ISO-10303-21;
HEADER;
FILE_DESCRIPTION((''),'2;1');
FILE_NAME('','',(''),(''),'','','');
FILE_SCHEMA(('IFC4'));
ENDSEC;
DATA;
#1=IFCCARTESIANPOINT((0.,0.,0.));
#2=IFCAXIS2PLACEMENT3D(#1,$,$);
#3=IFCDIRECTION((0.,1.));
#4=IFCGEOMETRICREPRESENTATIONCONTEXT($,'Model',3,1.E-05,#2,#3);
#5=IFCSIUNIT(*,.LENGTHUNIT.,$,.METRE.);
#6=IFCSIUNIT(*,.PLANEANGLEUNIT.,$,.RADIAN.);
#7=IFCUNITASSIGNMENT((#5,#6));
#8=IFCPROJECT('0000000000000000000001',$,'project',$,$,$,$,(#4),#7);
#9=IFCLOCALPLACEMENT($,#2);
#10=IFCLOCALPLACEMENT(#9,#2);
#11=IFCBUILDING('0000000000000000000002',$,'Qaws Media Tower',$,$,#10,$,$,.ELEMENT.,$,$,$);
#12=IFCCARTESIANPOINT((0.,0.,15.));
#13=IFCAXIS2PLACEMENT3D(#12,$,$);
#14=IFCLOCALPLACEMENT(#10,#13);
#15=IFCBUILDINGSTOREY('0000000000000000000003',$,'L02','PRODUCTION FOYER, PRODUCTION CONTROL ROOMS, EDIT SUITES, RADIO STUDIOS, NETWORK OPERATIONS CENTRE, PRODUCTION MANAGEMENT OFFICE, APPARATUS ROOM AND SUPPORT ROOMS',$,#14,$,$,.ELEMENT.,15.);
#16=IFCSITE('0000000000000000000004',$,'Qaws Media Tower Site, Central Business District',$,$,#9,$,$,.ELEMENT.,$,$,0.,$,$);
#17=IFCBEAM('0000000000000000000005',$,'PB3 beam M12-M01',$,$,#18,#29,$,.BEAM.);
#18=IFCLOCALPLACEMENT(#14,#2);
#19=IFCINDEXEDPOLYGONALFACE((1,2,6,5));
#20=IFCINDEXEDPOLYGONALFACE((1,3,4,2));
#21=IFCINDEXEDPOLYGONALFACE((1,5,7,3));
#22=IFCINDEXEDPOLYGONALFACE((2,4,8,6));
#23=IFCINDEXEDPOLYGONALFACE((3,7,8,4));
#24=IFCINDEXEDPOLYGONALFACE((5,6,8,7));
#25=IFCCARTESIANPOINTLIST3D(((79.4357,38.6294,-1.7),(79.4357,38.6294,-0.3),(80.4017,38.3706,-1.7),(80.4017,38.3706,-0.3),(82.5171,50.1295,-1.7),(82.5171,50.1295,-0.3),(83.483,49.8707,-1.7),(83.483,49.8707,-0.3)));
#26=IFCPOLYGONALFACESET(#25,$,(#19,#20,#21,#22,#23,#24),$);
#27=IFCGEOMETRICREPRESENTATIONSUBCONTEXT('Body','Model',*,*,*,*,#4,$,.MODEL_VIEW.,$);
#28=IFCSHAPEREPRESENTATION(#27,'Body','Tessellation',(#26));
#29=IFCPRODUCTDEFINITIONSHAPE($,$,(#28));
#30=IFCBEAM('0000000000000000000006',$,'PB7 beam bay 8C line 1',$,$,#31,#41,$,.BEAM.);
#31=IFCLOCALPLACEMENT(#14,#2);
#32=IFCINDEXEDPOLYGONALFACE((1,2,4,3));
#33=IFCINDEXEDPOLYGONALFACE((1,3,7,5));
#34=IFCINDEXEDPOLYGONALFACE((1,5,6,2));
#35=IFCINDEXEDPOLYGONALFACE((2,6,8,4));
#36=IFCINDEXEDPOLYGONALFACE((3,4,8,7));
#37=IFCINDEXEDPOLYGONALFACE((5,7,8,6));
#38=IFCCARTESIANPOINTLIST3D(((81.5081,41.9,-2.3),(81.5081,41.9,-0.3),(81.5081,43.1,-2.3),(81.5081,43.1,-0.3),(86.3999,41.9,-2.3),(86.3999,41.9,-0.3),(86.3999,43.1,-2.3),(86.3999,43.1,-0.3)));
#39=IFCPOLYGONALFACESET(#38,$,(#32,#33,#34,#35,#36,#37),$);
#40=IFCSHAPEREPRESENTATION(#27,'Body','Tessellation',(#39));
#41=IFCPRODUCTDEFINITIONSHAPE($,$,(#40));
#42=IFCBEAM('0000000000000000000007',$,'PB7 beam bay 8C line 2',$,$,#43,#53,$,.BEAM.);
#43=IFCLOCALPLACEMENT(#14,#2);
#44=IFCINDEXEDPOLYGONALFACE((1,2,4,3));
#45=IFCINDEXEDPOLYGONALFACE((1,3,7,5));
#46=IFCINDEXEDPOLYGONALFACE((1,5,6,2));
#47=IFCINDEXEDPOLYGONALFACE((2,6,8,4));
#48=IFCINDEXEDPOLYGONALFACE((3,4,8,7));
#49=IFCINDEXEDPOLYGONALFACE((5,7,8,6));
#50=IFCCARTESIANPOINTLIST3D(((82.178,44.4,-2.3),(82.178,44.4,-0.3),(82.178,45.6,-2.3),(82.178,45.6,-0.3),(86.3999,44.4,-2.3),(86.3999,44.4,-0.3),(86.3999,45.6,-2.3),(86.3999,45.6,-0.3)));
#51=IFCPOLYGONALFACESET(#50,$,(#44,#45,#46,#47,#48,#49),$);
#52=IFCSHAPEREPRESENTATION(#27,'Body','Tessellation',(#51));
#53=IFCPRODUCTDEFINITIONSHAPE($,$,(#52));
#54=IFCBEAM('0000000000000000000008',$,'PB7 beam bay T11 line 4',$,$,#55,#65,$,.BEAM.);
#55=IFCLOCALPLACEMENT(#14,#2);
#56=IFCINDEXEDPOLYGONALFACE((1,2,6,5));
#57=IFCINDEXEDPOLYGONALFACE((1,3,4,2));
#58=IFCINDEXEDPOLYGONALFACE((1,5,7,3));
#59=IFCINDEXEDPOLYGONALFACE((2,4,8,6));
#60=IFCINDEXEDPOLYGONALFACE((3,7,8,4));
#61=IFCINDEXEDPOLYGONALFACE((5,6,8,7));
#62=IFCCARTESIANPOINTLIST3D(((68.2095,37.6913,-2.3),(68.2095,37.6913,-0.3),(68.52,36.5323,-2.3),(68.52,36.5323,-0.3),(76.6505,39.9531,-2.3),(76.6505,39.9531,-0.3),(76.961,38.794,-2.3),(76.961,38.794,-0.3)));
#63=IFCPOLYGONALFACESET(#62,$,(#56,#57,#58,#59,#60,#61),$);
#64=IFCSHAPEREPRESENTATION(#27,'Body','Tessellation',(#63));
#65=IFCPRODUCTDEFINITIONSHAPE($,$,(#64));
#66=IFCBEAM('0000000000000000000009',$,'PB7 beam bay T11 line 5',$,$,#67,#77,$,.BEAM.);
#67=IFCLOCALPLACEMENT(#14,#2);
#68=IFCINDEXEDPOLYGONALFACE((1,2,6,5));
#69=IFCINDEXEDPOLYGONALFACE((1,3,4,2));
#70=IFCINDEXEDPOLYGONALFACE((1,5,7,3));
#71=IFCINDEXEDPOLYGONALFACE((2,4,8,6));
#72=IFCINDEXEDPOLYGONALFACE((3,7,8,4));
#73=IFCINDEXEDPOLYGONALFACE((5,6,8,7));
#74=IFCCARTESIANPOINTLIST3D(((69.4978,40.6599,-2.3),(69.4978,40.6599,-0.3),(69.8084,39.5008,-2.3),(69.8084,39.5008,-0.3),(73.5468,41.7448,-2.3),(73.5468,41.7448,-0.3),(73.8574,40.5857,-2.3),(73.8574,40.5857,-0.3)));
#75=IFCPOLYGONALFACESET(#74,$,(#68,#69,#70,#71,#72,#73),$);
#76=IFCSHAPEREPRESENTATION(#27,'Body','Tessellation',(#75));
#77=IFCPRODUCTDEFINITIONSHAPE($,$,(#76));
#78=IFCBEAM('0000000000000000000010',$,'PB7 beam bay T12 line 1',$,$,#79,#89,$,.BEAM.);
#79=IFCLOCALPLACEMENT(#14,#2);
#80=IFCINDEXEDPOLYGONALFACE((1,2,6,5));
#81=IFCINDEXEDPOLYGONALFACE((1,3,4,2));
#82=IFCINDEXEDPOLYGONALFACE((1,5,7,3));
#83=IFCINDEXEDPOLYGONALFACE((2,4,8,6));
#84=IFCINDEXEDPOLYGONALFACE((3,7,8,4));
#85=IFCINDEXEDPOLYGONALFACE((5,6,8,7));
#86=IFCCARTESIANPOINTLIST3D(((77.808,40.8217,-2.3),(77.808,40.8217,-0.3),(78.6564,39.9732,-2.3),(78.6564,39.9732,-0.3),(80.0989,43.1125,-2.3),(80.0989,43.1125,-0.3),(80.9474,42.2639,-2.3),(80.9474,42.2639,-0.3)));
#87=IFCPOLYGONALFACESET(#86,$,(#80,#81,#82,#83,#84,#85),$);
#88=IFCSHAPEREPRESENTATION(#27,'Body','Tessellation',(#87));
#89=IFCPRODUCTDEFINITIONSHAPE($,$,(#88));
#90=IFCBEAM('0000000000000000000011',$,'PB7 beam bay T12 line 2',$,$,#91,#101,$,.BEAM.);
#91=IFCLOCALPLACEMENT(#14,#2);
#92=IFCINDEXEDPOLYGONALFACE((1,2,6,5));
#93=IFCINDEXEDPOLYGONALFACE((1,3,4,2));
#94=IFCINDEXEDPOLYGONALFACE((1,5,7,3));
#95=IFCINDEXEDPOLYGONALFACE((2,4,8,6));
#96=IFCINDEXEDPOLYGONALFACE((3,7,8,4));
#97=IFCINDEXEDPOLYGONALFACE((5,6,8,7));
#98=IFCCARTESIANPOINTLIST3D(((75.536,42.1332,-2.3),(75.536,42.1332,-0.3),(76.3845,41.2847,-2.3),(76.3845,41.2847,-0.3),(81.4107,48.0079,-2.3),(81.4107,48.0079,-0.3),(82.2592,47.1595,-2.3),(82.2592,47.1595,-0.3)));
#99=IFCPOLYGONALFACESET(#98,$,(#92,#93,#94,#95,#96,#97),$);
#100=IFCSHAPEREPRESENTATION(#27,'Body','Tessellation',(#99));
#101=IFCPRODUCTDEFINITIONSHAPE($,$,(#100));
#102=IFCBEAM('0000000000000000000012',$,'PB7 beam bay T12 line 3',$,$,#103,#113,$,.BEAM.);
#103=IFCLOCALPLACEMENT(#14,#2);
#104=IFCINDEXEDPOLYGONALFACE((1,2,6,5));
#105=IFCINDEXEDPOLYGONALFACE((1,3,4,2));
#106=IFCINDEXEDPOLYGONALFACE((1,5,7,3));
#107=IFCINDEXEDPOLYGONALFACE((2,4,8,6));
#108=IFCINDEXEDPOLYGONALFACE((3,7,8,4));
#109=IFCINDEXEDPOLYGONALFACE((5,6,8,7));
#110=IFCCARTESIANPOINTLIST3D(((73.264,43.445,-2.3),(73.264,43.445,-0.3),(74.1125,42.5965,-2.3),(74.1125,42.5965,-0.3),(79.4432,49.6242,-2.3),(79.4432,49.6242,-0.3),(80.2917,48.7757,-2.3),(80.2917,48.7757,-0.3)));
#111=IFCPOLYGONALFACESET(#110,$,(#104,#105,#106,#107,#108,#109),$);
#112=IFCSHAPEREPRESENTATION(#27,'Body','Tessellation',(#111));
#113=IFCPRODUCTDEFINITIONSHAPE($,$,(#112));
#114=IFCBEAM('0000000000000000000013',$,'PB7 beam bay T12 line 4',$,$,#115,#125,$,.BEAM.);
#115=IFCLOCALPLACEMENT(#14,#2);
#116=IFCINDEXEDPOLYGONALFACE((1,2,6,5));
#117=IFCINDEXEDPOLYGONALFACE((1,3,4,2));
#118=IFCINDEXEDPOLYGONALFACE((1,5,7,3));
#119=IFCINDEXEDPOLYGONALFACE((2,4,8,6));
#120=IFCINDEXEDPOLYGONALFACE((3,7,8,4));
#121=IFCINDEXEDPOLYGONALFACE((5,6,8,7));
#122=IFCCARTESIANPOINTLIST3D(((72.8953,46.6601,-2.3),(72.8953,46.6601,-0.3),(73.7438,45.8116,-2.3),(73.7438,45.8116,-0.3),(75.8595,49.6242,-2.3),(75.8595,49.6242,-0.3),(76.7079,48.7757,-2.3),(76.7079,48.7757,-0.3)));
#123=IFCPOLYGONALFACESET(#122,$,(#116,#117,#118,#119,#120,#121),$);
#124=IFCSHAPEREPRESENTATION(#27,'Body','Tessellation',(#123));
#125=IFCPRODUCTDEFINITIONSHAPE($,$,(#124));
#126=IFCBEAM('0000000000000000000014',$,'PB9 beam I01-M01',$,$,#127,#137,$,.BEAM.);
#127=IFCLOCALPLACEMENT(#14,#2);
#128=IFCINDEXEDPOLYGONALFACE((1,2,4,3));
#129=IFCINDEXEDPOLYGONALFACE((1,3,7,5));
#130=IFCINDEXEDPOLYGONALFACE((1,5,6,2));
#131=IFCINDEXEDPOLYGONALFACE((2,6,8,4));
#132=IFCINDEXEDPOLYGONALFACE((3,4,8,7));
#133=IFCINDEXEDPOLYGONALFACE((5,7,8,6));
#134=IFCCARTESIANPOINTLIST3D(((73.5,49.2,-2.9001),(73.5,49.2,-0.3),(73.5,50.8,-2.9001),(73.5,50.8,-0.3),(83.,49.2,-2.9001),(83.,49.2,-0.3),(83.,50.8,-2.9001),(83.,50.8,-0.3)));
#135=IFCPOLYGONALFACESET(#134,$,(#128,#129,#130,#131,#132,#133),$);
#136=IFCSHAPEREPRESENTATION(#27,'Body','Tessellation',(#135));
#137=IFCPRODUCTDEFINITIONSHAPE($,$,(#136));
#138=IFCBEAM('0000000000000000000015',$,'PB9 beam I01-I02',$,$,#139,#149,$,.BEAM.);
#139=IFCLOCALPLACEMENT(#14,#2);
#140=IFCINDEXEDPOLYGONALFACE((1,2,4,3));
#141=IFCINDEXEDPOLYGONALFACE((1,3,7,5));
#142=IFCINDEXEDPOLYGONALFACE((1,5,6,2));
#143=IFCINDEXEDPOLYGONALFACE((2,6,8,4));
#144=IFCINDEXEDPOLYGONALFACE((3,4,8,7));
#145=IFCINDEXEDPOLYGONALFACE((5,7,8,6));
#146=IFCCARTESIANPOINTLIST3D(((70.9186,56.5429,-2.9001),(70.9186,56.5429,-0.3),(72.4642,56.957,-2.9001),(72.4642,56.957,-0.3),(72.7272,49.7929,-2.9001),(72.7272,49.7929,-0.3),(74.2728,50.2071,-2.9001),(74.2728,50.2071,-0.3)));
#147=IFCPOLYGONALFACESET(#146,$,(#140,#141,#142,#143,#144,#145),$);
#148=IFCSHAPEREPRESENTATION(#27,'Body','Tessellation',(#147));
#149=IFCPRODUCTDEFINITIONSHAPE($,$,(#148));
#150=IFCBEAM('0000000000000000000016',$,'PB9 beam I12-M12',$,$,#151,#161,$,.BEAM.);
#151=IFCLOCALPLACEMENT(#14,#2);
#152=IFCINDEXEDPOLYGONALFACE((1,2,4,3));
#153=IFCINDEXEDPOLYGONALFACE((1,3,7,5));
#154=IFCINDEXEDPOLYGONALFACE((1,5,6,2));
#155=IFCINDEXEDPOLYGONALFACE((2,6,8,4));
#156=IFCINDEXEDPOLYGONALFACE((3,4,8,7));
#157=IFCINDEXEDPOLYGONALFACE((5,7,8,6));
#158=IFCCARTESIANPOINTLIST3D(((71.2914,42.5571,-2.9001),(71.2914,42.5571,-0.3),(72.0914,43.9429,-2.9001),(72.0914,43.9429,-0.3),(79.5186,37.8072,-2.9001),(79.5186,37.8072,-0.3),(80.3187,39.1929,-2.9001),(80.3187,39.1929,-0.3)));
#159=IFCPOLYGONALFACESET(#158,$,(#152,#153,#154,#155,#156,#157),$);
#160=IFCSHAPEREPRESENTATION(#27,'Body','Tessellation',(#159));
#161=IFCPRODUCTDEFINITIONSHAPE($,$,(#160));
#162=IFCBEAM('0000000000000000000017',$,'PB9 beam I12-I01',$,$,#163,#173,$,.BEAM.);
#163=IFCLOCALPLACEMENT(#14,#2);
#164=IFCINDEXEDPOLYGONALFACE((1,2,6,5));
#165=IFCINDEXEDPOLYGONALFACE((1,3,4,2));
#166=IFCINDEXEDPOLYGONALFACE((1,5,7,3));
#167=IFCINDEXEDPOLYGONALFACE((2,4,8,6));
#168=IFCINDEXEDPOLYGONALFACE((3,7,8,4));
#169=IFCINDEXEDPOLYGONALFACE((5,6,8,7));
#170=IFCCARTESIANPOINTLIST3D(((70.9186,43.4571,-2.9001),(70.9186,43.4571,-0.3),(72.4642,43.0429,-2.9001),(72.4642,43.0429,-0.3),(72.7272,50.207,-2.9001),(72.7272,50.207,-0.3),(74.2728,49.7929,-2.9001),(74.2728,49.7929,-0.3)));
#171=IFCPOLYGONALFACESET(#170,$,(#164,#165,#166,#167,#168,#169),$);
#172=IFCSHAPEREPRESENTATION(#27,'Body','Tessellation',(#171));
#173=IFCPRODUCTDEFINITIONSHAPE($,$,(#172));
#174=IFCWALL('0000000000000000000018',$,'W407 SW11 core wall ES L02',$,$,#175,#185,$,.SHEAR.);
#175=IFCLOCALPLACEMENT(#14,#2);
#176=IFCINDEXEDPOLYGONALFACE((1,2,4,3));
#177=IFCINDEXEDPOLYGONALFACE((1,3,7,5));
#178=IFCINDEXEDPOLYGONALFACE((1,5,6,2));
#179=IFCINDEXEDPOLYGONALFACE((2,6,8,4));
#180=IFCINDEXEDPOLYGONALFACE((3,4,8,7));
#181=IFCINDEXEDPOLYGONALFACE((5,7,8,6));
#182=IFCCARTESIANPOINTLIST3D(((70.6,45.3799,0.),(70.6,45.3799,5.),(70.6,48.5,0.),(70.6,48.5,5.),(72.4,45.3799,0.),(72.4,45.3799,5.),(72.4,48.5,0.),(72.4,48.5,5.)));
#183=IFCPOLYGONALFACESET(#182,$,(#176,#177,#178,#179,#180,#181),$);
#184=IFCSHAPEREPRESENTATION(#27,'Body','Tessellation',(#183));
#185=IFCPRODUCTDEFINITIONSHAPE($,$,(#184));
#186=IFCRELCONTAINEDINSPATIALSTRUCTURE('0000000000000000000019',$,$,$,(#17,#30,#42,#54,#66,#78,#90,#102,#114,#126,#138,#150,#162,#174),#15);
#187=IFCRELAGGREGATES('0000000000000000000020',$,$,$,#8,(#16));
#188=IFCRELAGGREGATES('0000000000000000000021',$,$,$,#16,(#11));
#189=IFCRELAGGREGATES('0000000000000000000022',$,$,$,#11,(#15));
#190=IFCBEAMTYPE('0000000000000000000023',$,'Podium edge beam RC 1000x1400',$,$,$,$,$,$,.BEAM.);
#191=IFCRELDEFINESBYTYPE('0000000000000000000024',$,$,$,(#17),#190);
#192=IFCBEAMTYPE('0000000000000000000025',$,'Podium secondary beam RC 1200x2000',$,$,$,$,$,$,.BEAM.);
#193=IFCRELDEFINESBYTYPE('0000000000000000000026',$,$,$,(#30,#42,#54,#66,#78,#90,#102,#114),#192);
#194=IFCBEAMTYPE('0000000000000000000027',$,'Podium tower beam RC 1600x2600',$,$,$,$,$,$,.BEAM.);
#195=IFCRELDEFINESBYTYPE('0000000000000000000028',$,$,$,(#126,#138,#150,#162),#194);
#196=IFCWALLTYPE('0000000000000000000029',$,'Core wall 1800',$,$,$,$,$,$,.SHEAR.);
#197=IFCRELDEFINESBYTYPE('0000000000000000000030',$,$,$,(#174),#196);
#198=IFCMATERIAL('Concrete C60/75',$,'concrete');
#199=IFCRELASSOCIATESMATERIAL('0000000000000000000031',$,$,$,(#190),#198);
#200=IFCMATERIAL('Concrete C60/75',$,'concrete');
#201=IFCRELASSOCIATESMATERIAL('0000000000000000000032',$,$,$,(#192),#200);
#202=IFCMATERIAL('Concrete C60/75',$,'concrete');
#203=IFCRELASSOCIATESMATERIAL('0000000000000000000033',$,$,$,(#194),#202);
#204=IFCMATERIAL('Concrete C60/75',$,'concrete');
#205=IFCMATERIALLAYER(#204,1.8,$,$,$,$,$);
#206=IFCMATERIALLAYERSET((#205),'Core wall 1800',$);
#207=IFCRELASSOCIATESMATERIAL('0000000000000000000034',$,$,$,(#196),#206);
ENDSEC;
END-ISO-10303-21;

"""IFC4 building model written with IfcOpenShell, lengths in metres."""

from ifc_helpers import new_model, si_unit, direction, frame, frame_2d, origin, origin_2d, place, context, subcontext, project, spatial, rectangle, extrude, material, layer, layer_set, material_profile, profile_set, type_object, element, save


model = new_model("IFC4")

# Units and contexts
model_context = context("Model", 3, precision=1e-05, world=origin(), true_north=direction((0.0, 1.0)))
body_context = subcontext(model_context, "Body", "Model", "MODEL_VIEW")
ifc_project = project(units=[si_unit("LENGTHUNIT", "METRE"), si_unit("PLANEANGLEUNIT", "RADIAN")], contexts=[model_context])

# Site, building, storey
site_placement = place(None, origin())
site = spatial("IfcSite", under=ifc_project, at=site_placement, Name="Qaws Media Tower Site, Central Business District", CompositionType="ELEMENT", RefElevation=0.0)
building_placement = place(site_placement, origin())
building = spatial("IfcBuilding", under=site, at=building_placement, Name="Qaws Media Tower", CompositionType="ELEMENT")
storey_placement = place(building_placement, frame((0.0, 0.0, 15.0)))
storey = spatial("IfcBuildingStorey", under=building, at=storey_placement, Name="L02", Description="PRODUCTION FOYER, PRODUCTION CONTROL ROOMS, EDIT SUITES, RADIO STUDIOS, NETWORK OPERATIONS CENTRE, PRODUCTION MANAGEMENT OFFICE, APPARATUS ROOM AND SUPPORT ROOMS", CompositionType="ELEMENT", Elevation=15.0)

# Beams
ifc_material_1 = material(Name="Concrete C60/75", Category="concrete")
ifc_material_profile_1 = material_profile(ifc_material_1, rectangle(XDim=1.0, YDim=1.3999, at=origin_2d()), Name="RC 1000x1400")
ifc_profile_set_1 = profile_set([ifc_material_profile_1], Name="Concrete C60/75")
beam_type_1 = type_object("IfcBeamType", Name="Podium edge beam RC 1000x1400", PredefinedType="BEAM", material=ifc_profile_set_1)
beam_1_placement = place(storey_placement, frame((79.9187, 38.5, -1.0), z_axis=(0.25881, 0.965928, 0.0), x_axis=(-0.965928, 0.25881, 0.0)))
element("IfcBeam", 1, at=beam_1_placement, inside=storey, type_object=beam_type_1, Name="PB3 beam M12-M01", PredefinedType="BEAM", context=body_context, shape_type="SweptSolid", body=[
    extrude(rectangle(XDim=1.0, YDim=1.3999, at=origin_2d()), origin(), (0.0, 0.0, 1.0), 11.9058),
])
ifc_material_2 = material(Name="Concrete C60/75", Category="concrete")
ifc_material_profile_2 = material_profile(ifc_material_2, rectangle(XDim=1.2, YDim=2.0, at=origin_2d()), Name="RC 1200x2000")
ifc_profile_set_2 = profile_set([ifc_material_profile_2], Name="Concrete C60/75")
beam_type_2 = type_object("IfcBeamType", Name="Podium secondary beam RC 1200x2000", PredefinedType="BEAM", material=ifc_profile_set_2)
beam_2_placement = place(storey_placement, frame((81.5081, 42.5, -1.3), z_axis=(1.0, 0.0, 0.0), x_axis=(0.0, 1.0, 0.0)))
element("IfcBeam", 2, at=beam_2_placement, inside=storey, type_object=beam_type_2, Name="PB7 beam bay 8C line 1", PredefinedType="BEAM", context=body_context, shape_type="SweptSolid", body=[
    extrude(rectangle(XDim=1.2, YDim=2.0, at=origin_2d()), origin(), (0.0, 0.0, 1.0), 4.8918),
])
beam_3_placement = place(storey_placement, frame((82.178, 45.0, -1.3), z_axis=(1.0, 0.0, 0.0), x_axis=(0.0, 1.0, 0.0)))
element("IfcBeam", 3, at=beam_3_placement, inside=storey, type_object=beam_type_2, Name="PB7 beam bay 8C line 2", PredefinedType="BEAM", context=body_context, shape_type="SweptSolid", body=[
    extrude(rectangle(XDim=1.2, YDim=2.0, at=origin_2d()), origin(), (0.0, 0.0, 1.0), 4.2219),
])
beam_4_placement = place(storey_placement, frame((68.3647, 37.1118, -1.3), z_axis=(0.965926, 0.258817, 0.0), x_axis=(-0.258817, 0.965926, 0.0)))
element("IfcBeam", 4, at=beam_4_placement, inside=storey, type_object=beam_type_2, Name="PB7 beam bay T11 line 4", PredefinedType="BEAM", context=body_context, shape_type="SweptSolid", body=[
    extrude(rectangle(XDim=1.2, YDim=2.0, at=origin_2d()), origin(), (0.0, 0.0, 1.0), 8.7388),
])
beam_5_placement = place(storey_placement, frame((69.6531, 40.0803, -1.3), z_axis=(0.965925, 0.258822, 0.0), x_axis=(-0.258822, 0.965925, 0.0)))
element("IfcBeam", 5, at=beam_5_placement, inside=storey, type_object=beam_type_2, Name="PB7 beam bay T11 line 5", PredefinedType="BEAM", context=body_context, shape_type="SweptSolid", body=[
    extrude(rectangle(XDim=1.2, YDim=2.0, at=origin_2d()), origin(), (0.0, 0.0, 1.0), 4.1919),
])
beam_6_placement = place(storey_placement, frame((78.2322, 40.3975, -1.3), z_axis=(0.707144, 0.707069, 0.0), x_axis=(-0.707069, 0.707144, 0.0)))
element("IfcBeam", 6, at=beam_6_placement, inside=storey, type_object=beam_type_2, Name="PB7 beam bay T12 line 1", PredefinedType="BEAM", context=body_context, shape_type="SweptSolid", body=[
    extrude(rectangle(XDim=1.2, YDim=2.0, at=origin_2d()), origin(), (0.0, 0.0, 1.0), 3.2397),
])
beam_7_placement = place(storey_placement, frame((75.9602, 41.709, -1.3), z_axis=(0.707107, 0.707107, 0.0), x_axis=(-0.707107, 0.707107, 0.0)))
element("IfcBeam", 7, at=beam_7_placement, inside=storey, type_object=beam_type_2, Name="PB7 beam bay T12 line 2", PredefinedType="BEAM", context=body_context, shape_type="SweptSolid", body=[
    extrude(rectangle(XDim=1.2, YDim=2.0, at=origin_2d()), origin(), (0.0, 0.0, 1.0), 8.3081),
])
beam_8_placement = place(storey_placement, frame((73.6882, 43.0208, -1.3), z_axis=(0.707107, 0.707107, 0.0), x_axis=(-0.707107, 0.707107, 0.0)))
element("IfcBeam", 8, at=beam_8_placement, inside=storey, type_object=beam_type_2, Name="PB7 beam bay T12 line 3", PredefinedType="BEAM", context=body_context, shape_type="SweptSolid", body=[
    extrude(rectangle(XDim=1.2, YDim=2.0, at=origin_2d()), origin(), (0.0, 0.0, 1.0), 8.7388),
])
beam_9_placement = place(storey_placement, frame((73.3196, 46.2358, -1.3), z_axis=(0.707107, 0.707107, 0.0), x_axis=(-0.707107, 0.707107, 0.0)))
element("IfcBeam", 9, at=beam_9_placement, inside=storey, type_object=beam_type_2, Name="PB7 beam bay T12 line 4", PredefinedType="BEAM", context=body_context, shape_type="SweptSolid", body=[
    extrude(rectangle(XDim=1.2, YDim=2.0, at=origin_2d()), origin(), (0.0, 0.0, 1.0), 4.1919),
])
ifc_material_3 = material(Name="Concrete C60/75", Category="concrete")
ifc_material_profile_3 = material_profile(ifc_material_3, rectangle(XDim=1.6001, YDim=2.6001, at=origin_2d()), Name="RC 1600x2600")
ifc_profile_set_3 = profile_set([ifc_material_profile_3], Name="Concrete C60/75")
beam_type_3 = type_object("IfcBeamType", Name="Podium tower beam RC 1600x2600", PredefinedType="BEAM", material=ifc_profile_set_3)
beam_10_placement = place(storey_placement, frame((73.5, 50.0, -1.6001), z_axis=(1.0, 0.0, 0.0), x_axis=(0.0, 1.0, 0.0)))
element("IfcBeam", 10, at=beam_10_placement, inside=storey, type_object=beam_type_3, Name="PB9 beam I01-M01", PredefinedType="BEAM", context=body_context, shape_type="SweptSolid", body=[
    extrude(rectangle(XDim=1.6001, YDim=2.6001, at=origin_2d()), origin(), (0.0, 0.0, 1.0), 9.5),
])
beam_11_placement = place(storey_placement, frame((73.5, 50.0, -1.6001), z_axis=(-0.258811, 0.965928, 0.0), x_axis=(-0.965928, -0.258811, 0.0)))
element("IfcBeam", 11, at=beam_11_placement, inside=storey, type_object=beam_type_3, Name="PB9 beam I01-I02", PredefinedType="BEAM", context=body_context, shape_type="SweptSolid", body=[
    extrude(rectangle(XDim=1.6001, YDim=2.6001, at=origin_2d()), origin(), (0.0, 0.0, 1.0), 6.988),
])
beam_12_placement = place(storey_placement, frame((71.6914, 43.25, -1.6001), z_axis=(0.866027, -0.499998, 0.0), x_axis=(0.499998, 0.866027, 0.0)))
element("IfcBeam", 12, at=beam_12_placement, inside=storey, type_object=beam_type_3, Name="PB9 beam I12-M12", PredefinedType="BEAM", context=body_context, shape_type="SweptSolid", body=[
    extrude(rectangle(XDim=1.6001, YDim=2.6001, at=origin_2d()), origin(), (0.0, 0.0, 1.0), 9.5),
])
beam_13_placement = place(storey_placement, frame((71.6914, 43.25, -1.6001), z_axis=(0.258811, 0.965928, 0.0), x_axis=(-0.965928, 0.258811, 0.0)))
element("IfcBeam", 13, at=beam_13_placement, inside=storey, type_object=beam_type_3, Name="PB9 beam I12-I01", PredefinedType="BEAM", context=body_context, shape_type="SweptSolid", body=[
    extrude(rectangle(XDim=1.6001, YDim=2.6001, at=origin_2d()), origin(), (0.0, 0.0, 1.0), 6.988),
])

# Wall
ifc_material_4 = material(Name="Concrete C60/75", Category="concrete")
ifc_layer_1 = layer(ifc_material_4, 1.8)
ifc_layer_set_1 = layer_set([ifc_layer_1], Name="Core wall 1800")
wall_type_1 = type_object("IfcWallType", Name="Core wall 1800", PredefinedType="SHEAR", material=ifc_layer_set_1)
wall_1_placement = place(storey_placement, frame((71.5, 45.3799, 0.0), z_axis=(0.0, 0.0, 1.0), x_axis=(0.0, 1.0, 0.0)))
element("IfcWall", 14, at=wall_1_placement, inside=storey, type_object=wall_type_1, Name="W407 SW11 core wall ES L02", PredefinedType="SHEAR", context=body_context, shape_type="SweptSolid", body=[
    extrude(rectangle(XDim=3.1201, YDim=1.8, at=frame_2d((1.5601, 0.0))), origin(), (0.0, 0.0, 1.0), 5.0),
])

save(model, "model.ifc")
